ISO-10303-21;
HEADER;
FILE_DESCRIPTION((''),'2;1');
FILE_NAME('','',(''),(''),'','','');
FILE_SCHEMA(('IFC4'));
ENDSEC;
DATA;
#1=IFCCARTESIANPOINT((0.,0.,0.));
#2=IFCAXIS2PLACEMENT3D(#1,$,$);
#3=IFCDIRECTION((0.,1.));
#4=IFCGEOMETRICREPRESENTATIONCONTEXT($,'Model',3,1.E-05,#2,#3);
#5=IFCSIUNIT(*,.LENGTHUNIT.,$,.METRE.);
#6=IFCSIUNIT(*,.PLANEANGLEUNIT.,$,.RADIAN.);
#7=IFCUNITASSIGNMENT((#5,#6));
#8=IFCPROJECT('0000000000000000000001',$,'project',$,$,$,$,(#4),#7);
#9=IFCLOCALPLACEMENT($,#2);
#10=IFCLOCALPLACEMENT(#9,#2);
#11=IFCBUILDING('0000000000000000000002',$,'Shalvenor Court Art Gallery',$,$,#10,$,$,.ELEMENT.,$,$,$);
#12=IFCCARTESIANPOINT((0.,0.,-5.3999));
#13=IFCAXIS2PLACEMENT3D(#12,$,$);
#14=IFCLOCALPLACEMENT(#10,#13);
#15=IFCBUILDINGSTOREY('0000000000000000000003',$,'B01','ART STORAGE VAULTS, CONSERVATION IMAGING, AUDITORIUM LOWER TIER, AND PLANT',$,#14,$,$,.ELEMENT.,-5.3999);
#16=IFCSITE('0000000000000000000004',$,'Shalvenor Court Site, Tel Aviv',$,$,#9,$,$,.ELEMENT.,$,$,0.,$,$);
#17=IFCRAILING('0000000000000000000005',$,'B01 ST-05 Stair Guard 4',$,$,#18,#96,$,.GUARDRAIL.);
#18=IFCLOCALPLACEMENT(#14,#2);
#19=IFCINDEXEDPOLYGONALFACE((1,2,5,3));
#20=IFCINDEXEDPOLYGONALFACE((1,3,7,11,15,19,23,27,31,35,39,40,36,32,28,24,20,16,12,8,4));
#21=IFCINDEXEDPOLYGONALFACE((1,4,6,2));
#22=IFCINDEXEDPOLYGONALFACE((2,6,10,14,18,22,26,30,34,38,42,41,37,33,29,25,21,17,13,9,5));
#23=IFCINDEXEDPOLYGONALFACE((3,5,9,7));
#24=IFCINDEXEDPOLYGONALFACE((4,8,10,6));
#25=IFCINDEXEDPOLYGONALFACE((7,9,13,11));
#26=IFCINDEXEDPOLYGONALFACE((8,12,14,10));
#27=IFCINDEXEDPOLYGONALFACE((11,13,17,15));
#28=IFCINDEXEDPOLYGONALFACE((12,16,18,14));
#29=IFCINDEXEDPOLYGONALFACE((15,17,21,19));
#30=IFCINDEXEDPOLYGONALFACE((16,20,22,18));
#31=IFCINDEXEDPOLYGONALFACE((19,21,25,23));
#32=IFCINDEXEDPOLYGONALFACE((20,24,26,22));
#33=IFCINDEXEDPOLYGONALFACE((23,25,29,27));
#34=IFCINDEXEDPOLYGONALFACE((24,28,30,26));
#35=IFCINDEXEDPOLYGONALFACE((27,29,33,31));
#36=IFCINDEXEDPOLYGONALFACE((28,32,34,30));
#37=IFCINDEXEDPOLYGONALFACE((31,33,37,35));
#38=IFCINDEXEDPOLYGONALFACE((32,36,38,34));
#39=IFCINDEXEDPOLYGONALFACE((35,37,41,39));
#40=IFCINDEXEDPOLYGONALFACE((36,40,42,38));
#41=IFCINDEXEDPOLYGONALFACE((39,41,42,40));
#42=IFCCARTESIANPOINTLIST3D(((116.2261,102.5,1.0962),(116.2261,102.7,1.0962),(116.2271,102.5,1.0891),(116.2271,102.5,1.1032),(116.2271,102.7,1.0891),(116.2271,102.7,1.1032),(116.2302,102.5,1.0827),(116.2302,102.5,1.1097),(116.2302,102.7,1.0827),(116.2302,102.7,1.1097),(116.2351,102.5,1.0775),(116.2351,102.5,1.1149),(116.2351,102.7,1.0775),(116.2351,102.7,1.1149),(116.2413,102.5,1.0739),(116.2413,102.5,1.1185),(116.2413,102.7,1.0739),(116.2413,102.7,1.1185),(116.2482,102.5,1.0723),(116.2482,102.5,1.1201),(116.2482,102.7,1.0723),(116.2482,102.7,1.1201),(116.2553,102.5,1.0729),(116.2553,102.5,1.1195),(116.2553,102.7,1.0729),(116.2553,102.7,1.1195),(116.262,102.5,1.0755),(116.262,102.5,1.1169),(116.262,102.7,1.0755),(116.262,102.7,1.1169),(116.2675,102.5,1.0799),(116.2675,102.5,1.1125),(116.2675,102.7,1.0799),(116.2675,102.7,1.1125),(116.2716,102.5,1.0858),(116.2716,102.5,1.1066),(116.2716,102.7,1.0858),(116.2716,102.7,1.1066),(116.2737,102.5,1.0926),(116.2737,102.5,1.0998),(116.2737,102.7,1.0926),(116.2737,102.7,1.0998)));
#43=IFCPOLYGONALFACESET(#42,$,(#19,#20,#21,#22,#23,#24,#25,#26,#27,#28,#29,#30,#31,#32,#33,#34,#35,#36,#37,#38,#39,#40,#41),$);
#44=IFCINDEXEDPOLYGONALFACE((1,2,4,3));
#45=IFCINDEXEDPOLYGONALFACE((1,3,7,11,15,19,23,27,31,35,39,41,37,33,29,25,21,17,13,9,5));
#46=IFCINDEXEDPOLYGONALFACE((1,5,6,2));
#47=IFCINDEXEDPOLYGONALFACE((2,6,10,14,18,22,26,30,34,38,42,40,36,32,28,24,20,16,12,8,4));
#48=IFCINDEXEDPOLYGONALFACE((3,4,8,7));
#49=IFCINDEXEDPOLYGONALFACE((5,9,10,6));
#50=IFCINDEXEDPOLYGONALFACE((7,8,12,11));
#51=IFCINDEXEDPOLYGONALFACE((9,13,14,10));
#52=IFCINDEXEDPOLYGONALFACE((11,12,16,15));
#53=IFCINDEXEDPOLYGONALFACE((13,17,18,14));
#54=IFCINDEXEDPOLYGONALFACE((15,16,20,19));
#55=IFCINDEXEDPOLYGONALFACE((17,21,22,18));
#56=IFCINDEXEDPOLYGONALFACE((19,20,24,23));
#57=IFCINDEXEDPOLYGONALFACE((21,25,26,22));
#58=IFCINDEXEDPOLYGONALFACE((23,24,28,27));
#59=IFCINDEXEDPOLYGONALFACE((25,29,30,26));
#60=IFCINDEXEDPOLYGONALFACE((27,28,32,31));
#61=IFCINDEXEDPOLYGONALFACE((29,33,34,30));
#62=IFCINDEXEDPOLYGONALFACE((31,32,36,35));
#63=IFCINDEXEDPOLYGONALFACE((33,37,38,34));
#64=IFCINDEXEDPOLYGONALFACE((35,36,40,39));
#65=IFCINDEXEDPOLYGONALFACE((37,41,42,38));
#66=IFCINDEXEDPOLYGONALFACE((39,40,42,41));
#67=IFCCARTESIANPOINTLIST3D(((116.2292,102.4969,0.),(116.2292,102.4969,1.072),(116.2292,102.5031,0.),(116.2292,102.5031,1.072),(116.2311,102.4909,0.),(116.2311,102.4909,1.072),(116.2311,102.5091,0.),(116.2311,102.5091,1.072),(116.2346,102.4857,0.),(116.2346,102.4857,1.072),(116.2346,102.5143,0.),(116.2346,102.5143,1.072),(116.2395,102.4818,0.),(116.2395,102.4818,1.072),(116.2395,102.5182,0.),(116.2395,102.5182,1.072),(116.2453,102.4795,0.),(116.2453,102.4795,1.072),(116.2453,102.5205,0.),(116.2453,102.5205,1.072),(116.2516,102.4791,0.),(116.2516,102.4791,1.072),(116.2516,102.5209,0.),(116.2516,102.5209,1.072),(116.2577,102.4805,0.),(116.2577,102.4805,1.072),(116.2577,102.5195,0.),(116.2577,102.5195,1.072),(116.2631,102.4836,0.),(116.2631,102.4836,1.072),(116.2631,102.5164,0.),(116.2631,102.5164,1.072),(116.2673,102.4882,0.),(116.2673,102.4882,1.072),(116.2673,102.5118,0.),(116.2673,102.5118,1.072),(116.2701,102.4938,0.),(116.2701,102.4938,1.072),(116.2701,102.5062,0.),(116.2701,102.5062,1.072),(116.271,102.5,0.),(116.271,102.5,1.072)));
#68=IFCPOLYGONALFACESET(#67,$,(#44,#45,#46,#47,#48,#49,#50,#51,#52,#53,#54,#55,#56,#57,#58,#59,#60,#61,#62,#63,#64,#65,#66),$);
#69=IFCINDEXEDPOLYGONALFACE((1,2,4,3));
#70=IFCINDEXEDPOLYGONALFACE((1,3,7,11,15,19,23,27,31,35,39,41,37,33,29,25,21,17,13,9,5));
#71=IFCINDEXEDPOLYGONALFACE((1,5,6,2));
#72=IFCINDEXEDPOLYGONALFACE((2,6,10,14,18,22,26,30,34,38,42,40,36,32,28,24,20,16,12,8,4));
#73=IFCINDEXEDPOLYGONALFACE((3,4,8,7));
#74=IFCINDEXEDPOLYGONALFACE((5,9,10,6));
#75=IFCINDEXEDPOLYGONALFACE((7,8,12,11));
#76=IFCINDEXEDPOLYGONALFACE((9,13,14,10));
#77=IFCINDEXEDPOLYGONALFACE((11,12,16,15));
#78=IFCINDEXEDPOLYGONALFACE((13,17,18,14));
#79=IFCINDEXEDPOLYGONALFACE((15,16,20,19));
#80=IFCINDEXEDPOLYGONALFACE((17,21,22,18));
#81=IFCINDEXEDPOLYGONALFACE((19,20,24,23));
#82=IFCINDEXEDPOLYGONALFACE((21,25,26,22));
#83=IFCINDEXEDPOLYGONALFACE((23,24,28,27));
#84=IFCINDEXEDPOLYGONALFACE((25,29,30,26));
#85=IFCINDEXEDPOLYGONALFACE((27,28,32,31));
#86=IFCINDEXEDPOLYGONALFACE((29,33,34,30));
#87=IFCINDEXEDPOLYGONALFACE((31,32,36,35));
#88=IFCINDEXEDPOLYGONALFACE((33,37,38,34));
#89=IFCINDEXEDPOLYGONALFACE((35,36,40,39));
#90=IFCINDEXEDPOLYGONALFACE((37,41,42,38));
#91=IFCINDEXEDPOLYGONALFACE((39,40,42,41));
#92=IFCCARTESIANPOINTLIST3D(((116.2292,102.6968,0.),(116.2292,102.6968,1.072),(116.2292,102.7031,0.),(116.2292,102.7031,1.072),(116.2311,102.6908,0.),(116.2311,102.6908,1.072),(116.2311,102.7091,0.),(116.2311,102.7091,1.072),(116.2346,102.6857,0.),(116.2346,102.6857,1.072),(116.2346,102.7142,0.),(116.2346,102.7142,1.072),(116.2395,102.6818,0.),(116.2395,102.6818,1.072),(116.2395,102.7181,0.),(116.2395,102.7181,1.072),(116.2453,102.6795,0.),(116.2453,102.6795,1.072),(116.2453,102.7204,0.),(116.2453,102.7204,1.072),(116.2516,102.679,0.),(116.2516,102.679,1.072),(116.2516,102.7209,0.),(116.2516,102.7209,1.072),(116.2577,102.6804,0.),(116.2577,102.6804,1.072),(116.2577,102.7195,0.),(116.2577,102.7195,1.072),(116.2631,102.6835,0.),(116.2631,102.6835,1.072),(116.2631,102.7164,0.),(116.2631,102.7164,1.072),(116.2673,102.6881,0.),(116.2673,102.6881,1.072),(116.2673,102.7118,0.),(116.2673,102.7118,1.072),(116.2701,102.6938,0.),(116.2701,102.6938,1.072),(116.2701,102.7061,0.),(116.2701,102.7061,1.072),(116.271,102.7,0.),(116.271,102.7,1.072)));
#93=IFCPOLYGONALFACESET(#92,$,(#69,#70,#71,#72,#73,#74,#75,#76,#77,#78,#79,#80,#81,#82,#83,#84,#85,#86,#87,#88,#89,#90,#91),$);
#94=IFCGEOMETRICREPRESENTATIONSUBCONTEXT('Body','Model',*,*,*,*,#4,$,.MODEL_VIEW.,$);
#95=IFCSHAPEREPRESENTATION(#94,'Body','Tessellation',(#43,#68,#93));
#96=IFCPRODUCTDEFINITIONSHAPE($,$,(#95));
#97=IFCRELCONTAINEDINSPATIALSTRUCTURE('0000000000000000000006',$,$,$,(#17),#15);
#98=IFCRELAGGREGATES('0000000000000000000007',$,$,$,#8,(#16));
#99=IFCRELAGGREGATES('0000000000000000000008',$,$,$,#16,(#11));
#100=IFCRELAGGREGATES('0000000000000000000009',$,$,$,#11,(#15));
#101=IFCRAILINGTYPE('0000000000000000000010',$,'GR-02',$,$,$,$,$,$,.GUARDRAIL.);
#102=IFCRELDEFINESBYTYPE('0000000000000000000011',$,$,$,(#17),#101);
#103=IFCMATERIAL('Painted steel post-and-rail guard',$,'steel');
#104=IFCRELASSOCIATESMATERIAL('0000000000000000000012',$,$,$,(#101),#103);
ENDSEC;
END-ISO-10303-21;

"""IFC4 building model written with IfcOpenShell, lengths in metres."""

from ifc_helpers import new_model, si_unit, direction, frame, origin, origin_2d, place, context, subcontext, project, spatial, circle, extrude, material, type_object, element, save


model = new_model("IFC4")

# Units and contexts
model_context = context("Model", 3, precision=1e-05, world=origin(), true_north=direction((0.0, 1.0)))
body_context = subcontext(model_context, "Body", "Model", "MODEL_VIEW")
ifc_project = project(units=[si_unit("LENGTHUNIT", "METRE"), si_unit("PLANEANGLEUNIT", "RADIAN")], contexts=[model_context])

# Site, building, storey
site_placement = place(None, origin())
site = spatial("IfcSite", under=ifc_project, at=site_placement, Name="Shalvenor Court Site, Tel Aviv", CompositionType="ELEMENT", RefElevation=0.0)
building_placement = place(site_placement, origin())
building = spatial("IfcBuilding", under=site, at=building_placement, Name="Shalvenor Court Art Gallery", CompositionType="ELEMENT")
storey_placement = place(building_placement, frame((0.0, 0.0, -5.3999)))
storey = spatial("IfcBuildingStorey", under=building, at=storey_placement, Name="B01", Description="ART STORAGE VAULTS, CONSERVATION IMAGING, AUDITORIUM LOWER TIER, AND PLANT", CompositionType="ELEMENT", Elevation=-5.3999)

# Railing
ifc_material_1 = material(Name="Painted steel post-and-rail guard", Category="steel")
railing_type_1 = type_object("IfcRailingType", Name="GR-02", PredefinedType="GUARDRAIL", material=ifc_material_1)
railing_1_placement = place(storey_placement, frame((116.25, 102.5, 0.0)))
element("IfcRailing", 1, at=railing_1_placement, inside=storey, type_object=railing_type_1, Name="B01 ST-05 Stair Guard 4", PredefinedType="GUARDRAIL", context=body_context, shape_type="SweptSolid", body=[
    extrude(circle(Radius=0.0239, at=origin_2d()), frame((0.0, 0.0, 1.0962), z_axis=(0.0, 1.0, 0.0), x_axis=(-1.0, 0.0, 0.0)), (0.0, 0.0, 1.0), 0.2),
    extrude(circle(Radius=0.021, at=origin_2d()), origin(), (0.0, 0.0, 1.0), 1.072),
    extrude(circle(Radius=0.021, at=origin_2d()), frame((0.0, 0.2, 0.0)), (0.0, 0.0, 1.0), 1.072),
])

save(model, "model.ifc")
